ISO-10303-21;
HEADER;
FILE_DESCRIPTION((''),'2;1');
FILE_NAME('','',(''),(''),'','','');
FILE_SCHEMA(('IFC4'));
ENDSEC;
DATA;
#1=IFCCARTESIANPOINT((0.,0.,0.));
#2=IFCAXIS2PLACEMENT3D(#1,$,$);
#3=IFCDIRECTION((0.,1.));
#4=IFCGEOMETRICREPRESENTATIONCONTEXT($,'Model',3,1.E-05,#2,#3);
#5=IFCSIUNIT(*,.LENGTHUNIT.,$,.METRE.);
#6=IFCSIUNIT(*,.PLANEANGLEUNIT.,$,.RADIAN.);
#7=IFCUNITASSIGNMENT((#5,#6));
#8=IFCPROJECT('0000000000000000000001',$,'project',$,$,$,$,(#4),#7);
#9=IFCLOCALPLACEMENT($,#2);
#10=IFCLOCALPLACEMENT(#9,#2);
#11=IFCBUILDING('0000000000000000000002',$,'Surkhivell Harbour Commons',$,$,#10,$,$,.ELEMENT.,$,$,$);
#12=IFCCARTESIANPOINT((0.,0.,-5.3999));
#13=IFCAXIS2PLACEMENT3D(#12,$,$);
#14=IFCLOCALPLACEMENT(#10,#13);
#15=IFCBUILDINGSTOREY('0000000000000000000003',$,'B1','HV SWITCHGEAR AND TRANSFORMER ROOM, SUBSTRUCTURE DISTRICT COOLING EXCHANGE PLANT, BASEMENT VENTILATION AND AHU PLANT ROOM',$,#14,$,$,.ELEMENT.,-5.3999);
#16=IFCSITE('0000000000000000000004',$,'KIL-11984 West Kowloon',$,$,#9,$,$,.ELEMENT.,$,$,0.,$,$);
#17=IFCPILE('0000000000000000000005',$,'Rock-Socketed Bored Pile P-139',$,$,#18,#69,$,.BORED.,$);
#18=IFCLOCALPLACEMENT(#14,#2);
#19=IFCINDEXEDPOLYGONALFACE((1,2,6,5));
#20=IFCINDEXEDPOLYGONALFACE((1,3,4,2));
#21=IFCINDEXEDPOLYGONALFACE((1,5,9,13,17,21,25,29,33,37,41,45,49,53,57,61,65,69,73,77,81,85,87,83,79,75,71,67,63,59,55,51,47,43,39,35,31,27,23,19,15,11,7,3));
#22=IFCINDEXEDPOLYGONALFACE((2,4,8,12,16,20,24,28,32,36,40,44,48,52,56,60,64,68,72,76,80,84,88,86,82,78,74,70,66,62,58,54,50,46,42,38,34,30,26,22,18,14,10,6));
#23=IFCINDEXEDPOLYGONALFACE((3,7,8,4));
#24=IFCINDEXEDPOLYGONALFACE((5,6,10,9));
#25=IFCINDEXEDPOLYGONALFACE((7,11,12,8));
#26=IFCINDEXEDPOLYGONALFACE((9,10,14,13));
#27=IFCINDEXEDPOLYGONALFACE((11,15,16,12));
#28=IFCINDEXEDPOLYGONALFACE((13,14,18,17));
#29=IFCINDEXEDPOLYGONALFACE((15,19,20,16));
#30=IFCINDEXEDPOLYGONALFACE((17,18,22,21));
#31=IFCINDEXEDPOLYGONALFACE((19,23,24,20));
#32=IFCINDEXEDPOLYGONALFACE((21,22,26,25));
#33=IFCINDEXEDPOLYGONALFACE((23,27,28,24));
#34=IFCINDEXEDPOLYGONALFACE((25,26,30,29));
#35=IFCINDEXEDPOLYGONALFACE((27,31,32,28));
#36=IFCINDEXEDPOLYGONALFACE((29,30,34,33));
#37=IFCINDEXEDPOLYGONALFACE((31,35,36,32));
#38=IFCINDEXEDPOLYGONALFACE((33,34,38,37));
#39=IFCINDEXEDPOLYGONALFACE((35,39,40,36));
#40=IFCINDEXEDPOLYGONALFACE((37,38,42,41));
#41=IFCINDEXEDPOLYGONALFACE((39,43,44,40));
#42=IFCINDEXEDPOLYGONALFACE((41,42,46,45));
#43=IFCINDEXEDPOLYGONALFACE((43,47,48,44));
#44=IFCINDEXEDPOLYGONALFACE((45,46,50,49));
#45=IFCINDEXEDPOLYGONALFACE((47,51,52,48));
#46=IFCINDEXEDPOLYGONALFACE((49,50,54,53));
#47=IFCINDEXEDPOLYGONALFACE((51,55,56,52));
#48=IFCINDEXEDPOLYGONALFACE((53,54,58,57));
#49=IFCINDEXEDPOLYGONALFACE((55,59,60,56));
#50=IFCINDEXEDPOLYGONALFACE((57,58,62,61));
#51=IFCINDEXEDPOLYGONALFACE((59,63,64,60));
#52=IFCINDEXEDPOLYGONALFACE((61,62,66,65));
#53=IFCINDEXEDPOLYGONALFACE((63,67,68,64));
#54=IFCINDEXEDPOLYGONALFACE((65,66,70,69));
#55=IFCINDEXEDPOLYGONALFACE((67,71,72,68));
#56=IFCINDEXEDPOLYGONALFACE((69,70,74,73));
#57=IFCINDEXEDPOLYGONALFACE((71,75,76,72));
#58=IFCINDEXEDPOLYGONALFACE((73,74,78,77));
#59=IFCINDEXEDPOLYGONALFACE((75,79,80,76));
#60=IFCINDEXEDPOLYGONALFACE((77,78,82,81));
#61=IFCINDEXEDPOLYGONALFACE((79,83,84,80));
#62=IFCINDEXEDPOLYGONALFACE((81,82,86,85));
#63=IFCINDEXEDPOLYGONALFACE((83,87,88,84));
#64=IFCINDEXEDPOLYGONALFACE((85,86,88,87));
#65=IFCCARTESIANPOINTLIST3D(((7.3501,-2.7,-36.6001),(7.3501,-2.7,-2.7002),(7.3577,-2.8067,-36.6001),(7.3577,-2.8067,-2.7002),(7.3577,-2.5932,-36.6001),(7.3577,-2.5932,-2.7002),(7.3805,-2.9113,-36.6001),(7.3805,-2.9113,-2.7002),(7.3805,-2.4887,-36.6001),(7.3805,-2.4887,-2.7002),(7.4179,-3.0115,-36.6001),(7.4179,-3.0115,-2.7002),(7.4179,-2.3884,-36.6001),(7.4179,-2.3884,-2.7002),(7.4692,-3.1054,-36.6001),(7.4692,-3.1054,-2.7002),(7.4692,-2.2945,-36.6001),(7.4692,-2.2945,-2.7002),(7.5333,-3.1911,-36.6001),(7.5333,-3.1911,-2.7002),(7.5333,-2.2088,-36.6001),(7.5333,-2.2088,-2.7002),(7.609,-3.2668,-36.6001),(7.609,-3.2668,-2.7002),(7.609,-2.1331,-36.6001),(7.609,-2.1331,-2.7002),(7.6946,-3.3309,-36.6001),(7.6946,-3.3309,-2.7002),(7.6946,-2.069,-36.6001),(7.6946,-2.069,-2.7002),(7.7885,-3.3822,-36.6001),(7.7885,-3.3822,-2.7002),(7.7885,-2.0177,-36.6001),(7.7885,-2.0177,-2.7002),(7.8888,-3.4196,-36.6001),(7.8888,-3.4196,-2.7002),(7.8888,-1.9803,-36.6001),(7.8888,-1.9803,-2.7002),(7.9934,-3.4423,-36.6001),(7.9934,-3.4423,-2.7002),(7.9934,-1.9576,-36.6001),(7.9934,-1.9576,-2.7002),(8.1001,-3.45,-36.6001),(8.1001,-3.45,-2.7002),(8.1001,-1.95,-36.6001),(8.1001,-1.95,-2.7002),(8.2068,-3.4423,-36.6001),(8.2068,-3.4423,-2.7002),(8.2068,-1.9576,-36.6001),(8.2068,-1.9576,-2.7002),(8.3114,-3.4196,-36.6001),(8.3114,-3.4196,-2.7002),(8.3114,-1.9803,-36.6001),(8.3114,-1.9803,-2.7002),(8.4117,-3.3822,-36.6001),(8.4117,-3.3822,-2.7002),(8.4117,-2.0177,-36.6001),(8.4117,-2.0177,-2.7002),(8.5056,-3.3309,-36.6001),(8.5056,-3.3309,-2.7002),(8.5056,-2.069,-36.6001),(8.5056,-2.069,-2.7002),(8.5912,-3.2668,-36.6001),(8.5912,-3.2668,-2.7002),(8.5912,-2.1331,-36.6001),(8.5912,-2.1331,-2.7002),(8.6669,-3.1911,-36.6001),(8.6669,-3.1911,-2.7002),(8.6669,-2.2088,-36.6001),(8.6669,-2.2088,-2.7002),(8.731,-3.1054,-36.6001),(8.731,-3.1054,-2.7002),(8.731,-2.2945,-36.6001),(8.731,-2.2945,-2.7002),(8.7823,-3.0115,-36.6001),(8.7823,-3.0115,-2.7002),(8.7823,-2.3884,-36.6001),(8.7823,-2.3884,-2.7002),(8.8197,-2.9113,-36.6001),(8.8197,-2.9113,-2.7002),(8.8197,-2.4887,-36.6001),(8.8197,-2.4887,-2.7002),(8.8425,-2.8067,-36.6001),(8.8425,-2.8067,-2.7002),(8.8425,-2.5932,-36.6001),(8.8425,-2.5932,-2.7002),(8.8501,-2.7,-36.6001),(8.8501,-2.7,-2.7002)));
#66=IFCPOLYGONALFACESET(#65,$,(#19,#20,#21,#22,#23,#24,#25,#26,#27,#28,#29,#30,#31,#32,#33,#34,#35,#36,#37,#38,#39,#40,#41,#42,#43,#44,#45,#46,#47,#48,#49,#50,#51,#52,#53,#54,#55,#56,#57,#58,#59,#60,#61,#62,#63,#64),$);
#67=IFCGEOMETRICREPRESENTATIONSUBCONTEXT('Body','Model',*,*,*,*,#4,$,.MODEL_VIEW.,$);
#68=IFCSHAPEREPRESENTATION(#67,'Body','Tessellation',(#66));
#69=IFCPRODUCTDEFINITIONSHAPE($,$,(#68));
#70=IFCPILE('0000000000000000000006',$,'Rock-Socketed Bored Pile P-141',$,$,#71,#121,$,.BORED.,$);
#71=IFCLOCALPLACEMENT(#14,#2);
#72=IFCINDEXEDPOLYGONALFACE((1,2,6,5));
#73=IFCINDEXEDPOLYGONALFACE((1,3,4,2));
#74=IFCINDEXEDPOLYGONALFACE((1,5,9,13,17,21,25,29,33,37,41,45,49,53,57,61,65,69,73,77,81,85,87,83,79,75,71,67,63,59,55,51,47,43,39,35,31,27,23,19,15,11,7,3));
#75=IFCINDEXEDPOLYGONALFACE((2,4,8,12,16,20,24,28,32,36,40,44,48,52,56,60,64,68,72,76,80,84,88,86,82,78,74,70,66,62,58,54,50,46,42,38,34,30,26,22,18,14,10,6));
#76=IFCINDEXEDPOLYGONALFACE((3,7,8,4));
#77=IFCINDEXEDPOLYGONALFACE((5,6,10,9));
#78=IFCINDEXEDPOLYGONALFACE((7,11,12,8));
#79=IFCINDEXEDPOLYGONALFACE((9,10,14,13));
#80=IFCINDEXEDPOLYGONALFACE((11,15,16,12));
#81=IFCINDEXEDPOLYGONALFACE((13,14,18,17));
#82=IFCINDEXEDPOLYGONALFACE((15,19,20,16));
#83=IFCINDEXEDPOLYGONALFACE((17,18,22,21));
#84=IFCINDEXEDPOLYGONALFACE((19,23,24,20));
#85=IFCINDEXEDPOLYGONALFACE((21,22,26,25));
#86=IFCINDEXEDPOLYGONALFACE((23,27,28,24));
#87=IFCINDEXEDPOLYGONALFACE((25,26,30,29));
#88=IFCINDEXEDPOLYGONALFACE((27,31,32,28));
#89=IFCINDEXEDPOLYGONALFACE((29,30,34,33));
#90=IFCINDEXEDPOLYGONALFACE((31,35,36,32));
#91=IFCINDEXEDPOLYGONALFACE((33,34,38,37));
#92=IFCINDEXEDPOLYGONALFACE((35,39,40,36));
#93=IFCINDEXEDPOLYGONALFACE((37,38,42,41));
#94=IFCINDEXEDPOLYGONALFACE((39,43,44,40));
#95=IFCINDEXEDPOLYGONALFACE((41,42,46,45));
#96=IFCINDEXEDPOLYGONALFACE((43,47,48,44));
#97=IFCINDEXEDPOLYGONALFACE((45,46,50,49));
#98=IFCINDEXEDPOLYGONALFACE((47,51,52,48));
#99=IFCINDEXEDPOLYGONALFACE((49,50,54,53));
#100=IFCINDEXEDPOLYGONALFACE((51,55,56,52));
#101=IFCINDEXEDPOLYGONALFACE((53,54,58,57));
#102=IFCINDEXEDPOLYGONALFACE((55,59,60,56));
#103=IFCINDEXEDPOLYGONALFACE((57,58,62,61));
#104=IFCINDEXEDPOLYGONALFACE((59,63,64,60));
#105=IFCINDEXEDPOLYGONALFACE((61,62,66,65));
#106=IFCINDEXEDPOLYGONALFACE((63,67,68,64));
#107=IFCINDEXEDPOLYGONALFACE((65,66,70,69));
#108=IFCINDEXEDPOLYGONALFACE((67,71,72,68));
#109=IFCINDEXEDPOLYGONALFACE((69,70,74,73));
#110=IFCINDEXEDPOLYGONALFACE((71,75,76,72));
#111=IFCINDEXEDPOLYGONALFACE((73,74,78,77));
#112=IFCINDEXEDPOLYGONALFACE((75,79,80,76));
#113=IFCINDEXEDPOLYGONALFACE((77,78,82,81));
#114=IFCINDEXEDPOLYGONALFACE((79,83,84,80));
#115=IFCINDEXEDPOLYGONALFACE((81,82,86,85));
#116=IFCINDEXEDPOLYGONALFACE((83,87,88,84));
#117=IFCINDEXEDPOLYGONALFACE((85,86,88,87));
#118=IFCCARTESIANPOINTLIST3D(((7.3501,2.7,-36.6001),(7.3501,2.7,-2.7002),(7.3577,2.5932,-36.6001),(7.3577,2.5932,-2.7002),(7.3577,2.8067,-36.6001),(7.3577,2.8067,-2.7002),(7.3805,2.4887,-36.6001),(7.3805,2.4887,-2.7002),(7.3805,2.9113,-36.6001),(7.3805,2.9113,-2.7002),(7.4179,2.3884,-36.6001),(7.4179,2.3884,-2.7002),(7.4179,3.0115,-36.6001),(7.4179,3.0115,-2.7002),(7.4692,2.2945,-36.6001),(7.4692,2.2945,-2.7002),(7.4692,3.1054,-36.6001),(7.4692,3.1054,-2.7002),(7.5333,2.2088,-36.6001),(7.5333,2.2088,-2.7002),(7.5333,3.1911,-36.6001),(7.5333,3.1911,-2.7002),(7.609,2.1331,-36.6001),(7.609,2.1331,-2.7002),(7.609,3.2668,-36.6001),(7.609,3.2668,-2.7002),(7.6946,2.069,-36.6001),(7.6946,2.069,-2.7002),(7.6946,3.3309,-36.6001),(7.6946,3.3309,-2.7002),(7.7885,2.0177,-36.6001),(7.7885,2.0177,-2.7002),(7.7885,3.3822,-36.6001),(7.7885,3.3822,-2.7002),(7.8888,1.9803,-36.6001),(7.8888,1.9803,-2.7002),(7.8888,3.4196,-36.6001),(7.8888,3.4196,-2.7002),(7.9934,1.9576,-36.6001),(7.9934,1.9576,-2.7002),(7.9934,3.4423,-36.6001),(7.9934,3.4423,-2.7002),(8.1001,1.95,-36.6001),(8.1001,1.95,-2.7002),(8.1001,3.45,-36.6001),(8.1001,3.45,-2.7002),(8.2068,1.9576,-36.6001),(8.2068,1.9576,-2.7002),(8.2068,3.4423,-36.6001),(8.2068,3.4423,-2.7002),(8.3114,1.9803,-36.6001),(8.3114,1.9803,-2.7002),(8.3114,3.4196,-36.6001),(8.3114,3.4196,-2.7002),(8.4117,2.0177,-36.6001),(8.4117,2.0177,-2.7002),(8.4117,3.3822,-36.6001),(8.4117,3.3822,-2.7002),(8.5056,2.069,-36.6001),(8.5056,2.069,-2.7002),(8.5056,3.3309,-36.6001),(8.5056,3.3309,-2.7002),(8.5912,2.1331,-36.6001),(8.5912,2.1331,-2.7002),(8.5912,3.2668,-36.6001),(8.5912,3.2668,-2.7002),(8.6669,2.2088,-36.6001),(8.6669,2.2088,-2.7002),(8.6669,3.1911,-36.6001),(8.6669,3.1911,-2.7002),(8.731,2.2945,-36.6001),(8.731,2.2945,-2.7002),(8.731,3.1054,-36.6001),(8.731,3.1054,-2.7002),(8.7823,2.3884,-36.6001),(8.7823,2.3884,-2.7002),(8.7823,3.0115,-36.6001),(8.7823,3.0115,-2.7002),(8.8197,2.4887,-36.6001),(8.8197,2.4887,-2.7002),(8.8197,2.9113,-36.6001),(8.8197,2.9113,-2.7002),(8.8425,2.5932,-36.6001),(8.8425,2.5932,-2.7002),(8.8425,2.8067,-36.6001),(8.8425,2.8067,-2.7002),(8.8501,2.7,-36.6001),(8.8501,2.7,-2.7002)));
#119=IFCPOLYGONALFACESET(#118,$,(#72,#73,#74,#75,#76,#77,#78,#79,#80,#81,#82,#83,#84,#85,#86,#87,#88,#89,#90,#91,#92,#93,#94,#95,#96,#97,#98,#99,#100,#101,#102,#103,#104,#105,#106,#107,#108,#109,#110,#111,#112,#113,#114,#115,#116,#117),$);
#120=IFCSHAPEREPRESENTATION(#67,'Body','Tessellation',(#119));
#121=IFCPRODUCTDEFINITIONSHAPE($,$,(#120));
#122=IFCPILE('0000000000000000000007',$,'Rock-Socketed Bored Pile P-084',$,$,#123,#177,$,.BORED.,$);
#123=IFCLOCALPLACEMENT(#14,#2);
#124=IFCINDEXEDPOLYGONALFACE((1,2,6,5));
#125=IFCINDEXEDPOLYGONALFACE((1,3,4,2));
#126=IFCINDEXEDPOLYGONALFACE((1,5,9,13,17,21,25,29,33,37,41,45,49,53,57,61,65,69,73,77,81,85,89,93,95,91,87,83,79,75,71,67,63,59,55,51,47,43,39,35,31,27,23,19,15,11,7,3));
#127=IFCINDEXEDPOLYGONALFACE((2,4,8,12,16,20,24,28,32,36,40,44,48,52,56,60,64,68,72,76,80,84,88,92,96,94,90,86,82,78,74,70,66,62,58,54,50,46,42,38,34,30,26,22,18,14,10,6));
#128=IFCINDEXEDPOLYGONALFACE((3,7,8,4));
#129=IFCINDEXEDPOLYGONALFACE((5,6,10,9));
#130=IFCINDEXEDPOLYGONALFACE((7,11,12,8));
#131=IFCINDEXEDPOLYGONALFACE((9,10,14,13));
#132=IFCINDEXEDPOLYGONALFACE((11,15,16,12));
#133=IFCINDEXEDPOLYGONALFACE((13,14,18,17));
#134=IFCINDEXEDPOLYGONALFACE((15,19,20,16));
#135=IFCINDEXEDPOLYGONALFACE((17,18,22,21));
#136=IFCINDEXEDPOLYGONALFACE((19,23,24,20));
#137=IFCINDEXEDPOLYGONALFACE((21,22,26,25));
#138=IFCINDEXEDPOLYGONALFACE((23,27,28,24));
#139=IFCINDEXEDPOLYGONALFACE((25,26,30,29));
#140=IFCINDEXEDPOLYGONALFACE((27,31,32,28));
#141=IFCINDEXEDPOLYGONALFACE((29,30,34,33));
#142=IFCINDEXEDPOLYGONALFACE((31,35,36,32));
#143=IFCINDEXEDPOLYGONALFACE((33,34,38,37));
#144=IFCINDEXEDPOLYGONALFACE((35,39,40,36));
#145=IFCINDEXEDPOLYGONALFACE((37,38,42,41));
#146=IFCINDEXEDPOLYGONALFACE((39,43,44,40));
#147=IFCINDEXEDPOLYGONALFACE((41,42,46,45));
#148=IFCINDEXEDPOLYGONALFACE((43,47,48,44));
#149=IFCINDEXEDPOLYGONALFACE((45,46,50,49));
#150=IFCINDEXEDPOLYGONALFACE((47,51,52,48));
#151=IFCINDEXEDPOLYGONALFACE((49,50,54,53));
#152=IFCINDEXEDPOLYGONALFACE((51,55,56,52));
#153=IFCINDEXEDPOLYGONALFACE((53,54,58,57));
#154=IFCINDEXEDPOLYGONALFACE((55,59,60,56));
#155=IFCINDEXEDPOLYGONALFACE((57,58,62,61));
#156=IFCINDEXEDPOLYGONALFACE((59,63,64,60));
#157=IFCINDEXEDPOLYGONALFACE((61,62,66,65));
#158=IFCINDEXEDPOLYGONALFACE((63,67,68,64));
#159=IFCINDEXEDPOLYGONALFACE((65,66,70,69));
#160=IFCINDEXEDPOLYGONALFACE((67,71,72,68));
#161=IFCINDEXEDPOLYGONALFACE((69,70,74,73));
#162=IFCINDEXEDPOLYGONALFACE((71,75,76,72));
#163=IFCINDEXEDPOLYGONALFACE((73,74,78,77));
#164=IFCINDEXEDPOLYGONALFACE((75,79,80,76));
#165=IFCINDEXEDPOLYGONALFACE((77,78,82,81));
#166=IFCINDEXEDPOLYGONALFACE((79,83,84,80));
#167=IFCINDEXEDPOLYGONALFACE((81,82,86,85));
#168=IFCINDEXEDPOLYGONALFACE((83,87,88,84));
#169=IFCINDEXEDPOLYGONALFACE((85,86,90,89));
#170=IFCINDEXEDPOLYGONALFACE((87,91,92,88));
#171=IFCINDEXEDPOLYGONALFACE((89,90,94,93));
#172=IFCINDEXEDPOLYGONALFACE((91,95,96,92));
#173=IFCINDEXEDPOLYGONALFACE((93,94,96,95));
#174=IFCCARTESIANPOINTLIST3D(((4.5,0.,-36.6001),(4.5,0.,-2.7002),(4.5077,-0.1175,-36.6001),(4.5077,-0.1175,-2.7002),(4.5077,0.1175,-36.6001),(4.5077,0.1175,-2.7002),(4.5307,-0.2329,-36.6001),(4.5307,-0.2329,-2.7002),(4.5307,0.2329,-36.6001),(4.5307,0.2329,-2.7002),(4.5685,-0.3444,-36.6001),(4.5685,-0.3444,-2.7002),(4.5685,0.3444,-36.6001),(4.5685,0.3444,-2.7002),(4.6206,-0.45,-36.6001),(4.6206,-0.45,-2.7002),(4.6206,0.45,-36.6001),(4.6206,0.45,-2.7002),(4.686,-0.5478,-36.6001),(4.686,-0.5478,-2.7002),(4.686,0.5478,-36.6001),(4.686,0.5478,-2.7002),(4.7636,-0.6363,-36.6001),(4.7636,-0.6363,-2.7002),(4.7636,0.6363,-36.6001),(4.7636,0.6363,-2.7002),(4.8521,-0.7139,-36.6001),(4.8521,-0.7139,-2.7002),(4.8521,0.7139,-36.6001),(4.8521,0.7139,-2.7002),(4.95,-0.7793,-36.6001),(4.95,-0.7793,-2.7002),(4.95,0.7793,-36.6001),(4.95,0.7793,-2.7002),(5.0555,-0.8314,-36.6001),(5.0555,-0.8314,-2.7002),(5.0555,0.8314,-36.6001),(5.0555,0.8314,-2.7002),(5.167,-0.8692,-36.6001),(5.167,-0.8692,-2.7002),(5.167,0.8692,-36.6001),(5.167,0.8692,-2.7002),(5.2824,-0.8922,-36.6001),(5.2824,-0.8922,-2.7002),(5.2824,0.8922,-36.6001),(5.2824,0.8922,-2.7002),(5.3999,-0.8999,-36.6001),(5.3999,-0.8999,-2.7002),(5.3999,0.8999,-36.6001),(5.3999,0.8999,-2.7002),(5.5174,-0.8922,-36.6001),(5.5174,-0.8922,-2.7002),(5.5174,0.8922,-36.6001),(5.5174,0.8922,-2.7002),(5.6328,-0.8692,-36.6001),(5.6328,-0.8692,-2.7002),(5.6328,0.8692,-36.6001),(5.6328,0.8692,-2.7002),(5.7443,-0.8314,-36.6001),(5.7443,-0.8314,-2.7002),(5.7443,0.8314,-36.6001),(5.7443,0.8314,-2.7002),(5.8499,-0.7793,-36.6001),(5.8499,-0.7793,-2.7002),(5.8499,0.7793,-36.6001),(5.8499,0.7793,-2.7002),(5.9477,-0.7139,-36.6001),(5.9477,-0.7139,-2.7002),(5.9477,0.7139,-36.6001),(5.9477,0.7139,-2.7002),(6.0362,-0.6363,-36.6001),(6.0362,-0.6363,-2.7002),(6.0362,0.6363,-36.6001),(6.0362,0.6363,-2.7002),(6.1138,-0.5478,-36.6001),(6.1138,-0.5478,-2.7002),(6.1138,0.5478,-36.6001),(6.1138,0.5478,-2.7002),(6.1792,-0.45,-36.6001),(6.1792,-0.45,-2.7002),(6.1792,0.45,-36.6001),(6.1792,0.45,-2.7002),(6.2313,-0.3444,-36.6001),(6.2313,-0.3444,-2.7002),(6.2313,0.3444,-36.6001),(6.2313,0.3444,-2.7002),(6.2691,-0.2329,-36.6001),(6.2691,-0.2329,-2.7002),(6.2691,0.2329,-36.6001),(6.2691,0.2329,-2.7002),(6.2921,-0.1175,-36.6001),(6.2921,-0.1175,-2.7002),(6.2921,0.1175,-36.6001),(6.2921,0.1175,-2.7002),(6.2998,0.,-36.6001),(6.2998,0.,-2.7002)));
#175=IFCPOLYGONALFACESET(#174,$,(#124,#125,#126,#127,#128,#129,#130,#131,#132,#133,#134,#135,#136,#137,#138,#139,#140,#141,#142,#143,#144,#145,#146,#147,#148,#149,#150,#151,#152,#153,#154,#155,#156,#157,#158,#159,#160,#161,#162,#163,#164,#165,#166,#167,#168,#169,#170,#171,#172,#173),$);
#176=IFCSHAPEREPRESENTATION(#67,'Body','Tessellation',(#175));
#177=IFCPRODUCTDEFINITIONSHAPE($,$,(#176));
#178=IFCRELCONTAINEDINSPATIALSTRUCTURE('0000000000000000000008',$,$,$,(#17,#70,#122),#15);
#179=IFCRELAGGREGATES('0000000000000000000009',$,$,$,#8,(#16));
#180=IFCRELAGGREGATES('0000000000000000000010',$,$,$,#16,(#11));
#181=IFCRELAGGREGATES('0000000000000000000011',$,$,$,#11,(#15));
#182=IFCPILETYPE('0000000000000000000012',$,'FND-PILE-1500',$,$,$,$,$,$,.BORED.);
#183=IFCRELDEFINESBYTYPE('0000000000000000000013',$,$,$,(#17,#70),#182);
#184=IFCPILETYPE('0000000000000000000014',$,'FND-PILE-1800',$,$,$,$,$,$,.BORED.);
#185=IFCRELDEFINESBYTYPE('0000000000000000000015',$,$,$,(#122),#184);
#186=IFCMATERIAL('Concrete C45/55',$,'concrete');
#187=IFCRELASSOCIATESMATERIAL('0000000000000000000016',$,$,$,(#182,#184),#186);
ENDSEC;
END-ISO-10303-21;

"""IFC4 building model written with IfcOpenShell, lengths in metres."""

from ifc_helpers import new_model, si_unit, direction, frame, origin, origin_2d, place, context, subcontext, project, spatial, circle, extrude, material, material_profile, profile_set, type_object, element, save


model = new_model("IFC4")

# Units and contexts
model_context = context("Model", 3, precision=1e-05, world=origin(), true_north=direction((0.0, 1.0)))
body_context = subcontext(model_context, "Body", "Model", "MODEL_VIEW")
ifc_project = project(units=[si_unit("LENGTHUNIT", "METRE"), si_unit("PLANEANGLEUNIT", "RADIAN")], contexts=[model_context])

# Site, building, storey
site_placement = place(None, origin())
site = spatial("IfcSite", under=ifc_project, at=site_placement, Name="KIL-11984 West Kowloon", CompositionType="ELEMENT", RefElevation=0.0)
building_placement = place(site_placement, origin())
building = spatial("IfcBuilding", under=site, at=building_placement, Name="Surkhivell Harbour Commons", CompositionType="ELEMENT")
storey_placement = place(building_placement, frame((0.0, 0.0, -5.3999)))
storey = spatial("IfcBuildingStorey", under=building, at=storey_placement, Name="B1", Description="HV SWITCHGEAR AND TRANSFORMER ROOM, SUBSTRUCTURE DISTRICT COOLING EXCHANGE PLANT, BASEMENT VENTILATION AND AHU PLANT ROOM", CompositionType="ELEMENT", Elevation=-5.3999)

# Piles
ifc_material_1 = material(Name="Concrete C45/55", Category="concrete")
ifc_material_profile_1 = material_profile(ifc_material_1, circle(Radius=0.75, at=origin_2d()), Name="PILE-1500")
ifc_profile_set_1 = profile_set([ifc_material_profile_1], Name="Concrete C45/55")
pile_type_1 = type_object("IfcPileType", Name="FND-PILE-1500", PredefinedType="BORED", material=ifc_profile_set_1)
for number, where, z_axis, x_axis, name in (
    (1, (8.1001, -2.7, -2.7002), (0.0, 0.0, -1.0), (1.0, 0.0, 0.0), "Rock-Socketed Bored Pile P-139"),
    (2, (8.1001, 2.7, -2.7002), (0.0, 0.0, -1.0), (1.0, 0.0, 0.0), "Rock-Socketed Bored Pile P-141"),
):
    element("IfcPile", number, at=place(storey_placement, frame(where, z_axis=z_axis, x_axis=x_axis)), inside=storey, type_object=pile_type_1, Name=name, PredefinedType="BORED", context=body_context, shape_type="SweptSolid", body=[
        extrude(circle(Radius=0.75, at=origin_2d()), origin(), (0.0, 0.0, 1.0), 33.8999),
    ])
ifc_material_profile_2 = material_profile(ifc_material_1, circle(Radius=0.8999, at=origin_2d()), Name="PILE-1800")
ifc_profile_set_2 = profile_set([ifc_material_profile_2], Name="Concrete C45/55")
pile_type_2 = type_object("IfcPileType", Name="FND-PILE-1800", PredefinedType="BORED", material=ifc_profile_set_2)
for number, where, z_axis, x_axis, name in (
    (3, (5.3999, 0.0, -2.7002), (0.0, 0.0, -1.0), (1.0, 0.0, 0.0), "Rock-Socketed Bored Pile P-084"),
):
    element("IfcPile", number, at=place(storey_placement, frame(where, z_axis=z_axis, x_axis=x_axis)), inside=storey, type_object=pile_type_2, Name=name, PredefinedType="BORED", context=body_context, shape_type="SweptSolid", body=[
        extrude(circle(Radius=0.8999, at=origin_2d()), origin(), (0.0, 0.0, 1.0), 33.8999),
    ])

save(model, "model.ifc")
